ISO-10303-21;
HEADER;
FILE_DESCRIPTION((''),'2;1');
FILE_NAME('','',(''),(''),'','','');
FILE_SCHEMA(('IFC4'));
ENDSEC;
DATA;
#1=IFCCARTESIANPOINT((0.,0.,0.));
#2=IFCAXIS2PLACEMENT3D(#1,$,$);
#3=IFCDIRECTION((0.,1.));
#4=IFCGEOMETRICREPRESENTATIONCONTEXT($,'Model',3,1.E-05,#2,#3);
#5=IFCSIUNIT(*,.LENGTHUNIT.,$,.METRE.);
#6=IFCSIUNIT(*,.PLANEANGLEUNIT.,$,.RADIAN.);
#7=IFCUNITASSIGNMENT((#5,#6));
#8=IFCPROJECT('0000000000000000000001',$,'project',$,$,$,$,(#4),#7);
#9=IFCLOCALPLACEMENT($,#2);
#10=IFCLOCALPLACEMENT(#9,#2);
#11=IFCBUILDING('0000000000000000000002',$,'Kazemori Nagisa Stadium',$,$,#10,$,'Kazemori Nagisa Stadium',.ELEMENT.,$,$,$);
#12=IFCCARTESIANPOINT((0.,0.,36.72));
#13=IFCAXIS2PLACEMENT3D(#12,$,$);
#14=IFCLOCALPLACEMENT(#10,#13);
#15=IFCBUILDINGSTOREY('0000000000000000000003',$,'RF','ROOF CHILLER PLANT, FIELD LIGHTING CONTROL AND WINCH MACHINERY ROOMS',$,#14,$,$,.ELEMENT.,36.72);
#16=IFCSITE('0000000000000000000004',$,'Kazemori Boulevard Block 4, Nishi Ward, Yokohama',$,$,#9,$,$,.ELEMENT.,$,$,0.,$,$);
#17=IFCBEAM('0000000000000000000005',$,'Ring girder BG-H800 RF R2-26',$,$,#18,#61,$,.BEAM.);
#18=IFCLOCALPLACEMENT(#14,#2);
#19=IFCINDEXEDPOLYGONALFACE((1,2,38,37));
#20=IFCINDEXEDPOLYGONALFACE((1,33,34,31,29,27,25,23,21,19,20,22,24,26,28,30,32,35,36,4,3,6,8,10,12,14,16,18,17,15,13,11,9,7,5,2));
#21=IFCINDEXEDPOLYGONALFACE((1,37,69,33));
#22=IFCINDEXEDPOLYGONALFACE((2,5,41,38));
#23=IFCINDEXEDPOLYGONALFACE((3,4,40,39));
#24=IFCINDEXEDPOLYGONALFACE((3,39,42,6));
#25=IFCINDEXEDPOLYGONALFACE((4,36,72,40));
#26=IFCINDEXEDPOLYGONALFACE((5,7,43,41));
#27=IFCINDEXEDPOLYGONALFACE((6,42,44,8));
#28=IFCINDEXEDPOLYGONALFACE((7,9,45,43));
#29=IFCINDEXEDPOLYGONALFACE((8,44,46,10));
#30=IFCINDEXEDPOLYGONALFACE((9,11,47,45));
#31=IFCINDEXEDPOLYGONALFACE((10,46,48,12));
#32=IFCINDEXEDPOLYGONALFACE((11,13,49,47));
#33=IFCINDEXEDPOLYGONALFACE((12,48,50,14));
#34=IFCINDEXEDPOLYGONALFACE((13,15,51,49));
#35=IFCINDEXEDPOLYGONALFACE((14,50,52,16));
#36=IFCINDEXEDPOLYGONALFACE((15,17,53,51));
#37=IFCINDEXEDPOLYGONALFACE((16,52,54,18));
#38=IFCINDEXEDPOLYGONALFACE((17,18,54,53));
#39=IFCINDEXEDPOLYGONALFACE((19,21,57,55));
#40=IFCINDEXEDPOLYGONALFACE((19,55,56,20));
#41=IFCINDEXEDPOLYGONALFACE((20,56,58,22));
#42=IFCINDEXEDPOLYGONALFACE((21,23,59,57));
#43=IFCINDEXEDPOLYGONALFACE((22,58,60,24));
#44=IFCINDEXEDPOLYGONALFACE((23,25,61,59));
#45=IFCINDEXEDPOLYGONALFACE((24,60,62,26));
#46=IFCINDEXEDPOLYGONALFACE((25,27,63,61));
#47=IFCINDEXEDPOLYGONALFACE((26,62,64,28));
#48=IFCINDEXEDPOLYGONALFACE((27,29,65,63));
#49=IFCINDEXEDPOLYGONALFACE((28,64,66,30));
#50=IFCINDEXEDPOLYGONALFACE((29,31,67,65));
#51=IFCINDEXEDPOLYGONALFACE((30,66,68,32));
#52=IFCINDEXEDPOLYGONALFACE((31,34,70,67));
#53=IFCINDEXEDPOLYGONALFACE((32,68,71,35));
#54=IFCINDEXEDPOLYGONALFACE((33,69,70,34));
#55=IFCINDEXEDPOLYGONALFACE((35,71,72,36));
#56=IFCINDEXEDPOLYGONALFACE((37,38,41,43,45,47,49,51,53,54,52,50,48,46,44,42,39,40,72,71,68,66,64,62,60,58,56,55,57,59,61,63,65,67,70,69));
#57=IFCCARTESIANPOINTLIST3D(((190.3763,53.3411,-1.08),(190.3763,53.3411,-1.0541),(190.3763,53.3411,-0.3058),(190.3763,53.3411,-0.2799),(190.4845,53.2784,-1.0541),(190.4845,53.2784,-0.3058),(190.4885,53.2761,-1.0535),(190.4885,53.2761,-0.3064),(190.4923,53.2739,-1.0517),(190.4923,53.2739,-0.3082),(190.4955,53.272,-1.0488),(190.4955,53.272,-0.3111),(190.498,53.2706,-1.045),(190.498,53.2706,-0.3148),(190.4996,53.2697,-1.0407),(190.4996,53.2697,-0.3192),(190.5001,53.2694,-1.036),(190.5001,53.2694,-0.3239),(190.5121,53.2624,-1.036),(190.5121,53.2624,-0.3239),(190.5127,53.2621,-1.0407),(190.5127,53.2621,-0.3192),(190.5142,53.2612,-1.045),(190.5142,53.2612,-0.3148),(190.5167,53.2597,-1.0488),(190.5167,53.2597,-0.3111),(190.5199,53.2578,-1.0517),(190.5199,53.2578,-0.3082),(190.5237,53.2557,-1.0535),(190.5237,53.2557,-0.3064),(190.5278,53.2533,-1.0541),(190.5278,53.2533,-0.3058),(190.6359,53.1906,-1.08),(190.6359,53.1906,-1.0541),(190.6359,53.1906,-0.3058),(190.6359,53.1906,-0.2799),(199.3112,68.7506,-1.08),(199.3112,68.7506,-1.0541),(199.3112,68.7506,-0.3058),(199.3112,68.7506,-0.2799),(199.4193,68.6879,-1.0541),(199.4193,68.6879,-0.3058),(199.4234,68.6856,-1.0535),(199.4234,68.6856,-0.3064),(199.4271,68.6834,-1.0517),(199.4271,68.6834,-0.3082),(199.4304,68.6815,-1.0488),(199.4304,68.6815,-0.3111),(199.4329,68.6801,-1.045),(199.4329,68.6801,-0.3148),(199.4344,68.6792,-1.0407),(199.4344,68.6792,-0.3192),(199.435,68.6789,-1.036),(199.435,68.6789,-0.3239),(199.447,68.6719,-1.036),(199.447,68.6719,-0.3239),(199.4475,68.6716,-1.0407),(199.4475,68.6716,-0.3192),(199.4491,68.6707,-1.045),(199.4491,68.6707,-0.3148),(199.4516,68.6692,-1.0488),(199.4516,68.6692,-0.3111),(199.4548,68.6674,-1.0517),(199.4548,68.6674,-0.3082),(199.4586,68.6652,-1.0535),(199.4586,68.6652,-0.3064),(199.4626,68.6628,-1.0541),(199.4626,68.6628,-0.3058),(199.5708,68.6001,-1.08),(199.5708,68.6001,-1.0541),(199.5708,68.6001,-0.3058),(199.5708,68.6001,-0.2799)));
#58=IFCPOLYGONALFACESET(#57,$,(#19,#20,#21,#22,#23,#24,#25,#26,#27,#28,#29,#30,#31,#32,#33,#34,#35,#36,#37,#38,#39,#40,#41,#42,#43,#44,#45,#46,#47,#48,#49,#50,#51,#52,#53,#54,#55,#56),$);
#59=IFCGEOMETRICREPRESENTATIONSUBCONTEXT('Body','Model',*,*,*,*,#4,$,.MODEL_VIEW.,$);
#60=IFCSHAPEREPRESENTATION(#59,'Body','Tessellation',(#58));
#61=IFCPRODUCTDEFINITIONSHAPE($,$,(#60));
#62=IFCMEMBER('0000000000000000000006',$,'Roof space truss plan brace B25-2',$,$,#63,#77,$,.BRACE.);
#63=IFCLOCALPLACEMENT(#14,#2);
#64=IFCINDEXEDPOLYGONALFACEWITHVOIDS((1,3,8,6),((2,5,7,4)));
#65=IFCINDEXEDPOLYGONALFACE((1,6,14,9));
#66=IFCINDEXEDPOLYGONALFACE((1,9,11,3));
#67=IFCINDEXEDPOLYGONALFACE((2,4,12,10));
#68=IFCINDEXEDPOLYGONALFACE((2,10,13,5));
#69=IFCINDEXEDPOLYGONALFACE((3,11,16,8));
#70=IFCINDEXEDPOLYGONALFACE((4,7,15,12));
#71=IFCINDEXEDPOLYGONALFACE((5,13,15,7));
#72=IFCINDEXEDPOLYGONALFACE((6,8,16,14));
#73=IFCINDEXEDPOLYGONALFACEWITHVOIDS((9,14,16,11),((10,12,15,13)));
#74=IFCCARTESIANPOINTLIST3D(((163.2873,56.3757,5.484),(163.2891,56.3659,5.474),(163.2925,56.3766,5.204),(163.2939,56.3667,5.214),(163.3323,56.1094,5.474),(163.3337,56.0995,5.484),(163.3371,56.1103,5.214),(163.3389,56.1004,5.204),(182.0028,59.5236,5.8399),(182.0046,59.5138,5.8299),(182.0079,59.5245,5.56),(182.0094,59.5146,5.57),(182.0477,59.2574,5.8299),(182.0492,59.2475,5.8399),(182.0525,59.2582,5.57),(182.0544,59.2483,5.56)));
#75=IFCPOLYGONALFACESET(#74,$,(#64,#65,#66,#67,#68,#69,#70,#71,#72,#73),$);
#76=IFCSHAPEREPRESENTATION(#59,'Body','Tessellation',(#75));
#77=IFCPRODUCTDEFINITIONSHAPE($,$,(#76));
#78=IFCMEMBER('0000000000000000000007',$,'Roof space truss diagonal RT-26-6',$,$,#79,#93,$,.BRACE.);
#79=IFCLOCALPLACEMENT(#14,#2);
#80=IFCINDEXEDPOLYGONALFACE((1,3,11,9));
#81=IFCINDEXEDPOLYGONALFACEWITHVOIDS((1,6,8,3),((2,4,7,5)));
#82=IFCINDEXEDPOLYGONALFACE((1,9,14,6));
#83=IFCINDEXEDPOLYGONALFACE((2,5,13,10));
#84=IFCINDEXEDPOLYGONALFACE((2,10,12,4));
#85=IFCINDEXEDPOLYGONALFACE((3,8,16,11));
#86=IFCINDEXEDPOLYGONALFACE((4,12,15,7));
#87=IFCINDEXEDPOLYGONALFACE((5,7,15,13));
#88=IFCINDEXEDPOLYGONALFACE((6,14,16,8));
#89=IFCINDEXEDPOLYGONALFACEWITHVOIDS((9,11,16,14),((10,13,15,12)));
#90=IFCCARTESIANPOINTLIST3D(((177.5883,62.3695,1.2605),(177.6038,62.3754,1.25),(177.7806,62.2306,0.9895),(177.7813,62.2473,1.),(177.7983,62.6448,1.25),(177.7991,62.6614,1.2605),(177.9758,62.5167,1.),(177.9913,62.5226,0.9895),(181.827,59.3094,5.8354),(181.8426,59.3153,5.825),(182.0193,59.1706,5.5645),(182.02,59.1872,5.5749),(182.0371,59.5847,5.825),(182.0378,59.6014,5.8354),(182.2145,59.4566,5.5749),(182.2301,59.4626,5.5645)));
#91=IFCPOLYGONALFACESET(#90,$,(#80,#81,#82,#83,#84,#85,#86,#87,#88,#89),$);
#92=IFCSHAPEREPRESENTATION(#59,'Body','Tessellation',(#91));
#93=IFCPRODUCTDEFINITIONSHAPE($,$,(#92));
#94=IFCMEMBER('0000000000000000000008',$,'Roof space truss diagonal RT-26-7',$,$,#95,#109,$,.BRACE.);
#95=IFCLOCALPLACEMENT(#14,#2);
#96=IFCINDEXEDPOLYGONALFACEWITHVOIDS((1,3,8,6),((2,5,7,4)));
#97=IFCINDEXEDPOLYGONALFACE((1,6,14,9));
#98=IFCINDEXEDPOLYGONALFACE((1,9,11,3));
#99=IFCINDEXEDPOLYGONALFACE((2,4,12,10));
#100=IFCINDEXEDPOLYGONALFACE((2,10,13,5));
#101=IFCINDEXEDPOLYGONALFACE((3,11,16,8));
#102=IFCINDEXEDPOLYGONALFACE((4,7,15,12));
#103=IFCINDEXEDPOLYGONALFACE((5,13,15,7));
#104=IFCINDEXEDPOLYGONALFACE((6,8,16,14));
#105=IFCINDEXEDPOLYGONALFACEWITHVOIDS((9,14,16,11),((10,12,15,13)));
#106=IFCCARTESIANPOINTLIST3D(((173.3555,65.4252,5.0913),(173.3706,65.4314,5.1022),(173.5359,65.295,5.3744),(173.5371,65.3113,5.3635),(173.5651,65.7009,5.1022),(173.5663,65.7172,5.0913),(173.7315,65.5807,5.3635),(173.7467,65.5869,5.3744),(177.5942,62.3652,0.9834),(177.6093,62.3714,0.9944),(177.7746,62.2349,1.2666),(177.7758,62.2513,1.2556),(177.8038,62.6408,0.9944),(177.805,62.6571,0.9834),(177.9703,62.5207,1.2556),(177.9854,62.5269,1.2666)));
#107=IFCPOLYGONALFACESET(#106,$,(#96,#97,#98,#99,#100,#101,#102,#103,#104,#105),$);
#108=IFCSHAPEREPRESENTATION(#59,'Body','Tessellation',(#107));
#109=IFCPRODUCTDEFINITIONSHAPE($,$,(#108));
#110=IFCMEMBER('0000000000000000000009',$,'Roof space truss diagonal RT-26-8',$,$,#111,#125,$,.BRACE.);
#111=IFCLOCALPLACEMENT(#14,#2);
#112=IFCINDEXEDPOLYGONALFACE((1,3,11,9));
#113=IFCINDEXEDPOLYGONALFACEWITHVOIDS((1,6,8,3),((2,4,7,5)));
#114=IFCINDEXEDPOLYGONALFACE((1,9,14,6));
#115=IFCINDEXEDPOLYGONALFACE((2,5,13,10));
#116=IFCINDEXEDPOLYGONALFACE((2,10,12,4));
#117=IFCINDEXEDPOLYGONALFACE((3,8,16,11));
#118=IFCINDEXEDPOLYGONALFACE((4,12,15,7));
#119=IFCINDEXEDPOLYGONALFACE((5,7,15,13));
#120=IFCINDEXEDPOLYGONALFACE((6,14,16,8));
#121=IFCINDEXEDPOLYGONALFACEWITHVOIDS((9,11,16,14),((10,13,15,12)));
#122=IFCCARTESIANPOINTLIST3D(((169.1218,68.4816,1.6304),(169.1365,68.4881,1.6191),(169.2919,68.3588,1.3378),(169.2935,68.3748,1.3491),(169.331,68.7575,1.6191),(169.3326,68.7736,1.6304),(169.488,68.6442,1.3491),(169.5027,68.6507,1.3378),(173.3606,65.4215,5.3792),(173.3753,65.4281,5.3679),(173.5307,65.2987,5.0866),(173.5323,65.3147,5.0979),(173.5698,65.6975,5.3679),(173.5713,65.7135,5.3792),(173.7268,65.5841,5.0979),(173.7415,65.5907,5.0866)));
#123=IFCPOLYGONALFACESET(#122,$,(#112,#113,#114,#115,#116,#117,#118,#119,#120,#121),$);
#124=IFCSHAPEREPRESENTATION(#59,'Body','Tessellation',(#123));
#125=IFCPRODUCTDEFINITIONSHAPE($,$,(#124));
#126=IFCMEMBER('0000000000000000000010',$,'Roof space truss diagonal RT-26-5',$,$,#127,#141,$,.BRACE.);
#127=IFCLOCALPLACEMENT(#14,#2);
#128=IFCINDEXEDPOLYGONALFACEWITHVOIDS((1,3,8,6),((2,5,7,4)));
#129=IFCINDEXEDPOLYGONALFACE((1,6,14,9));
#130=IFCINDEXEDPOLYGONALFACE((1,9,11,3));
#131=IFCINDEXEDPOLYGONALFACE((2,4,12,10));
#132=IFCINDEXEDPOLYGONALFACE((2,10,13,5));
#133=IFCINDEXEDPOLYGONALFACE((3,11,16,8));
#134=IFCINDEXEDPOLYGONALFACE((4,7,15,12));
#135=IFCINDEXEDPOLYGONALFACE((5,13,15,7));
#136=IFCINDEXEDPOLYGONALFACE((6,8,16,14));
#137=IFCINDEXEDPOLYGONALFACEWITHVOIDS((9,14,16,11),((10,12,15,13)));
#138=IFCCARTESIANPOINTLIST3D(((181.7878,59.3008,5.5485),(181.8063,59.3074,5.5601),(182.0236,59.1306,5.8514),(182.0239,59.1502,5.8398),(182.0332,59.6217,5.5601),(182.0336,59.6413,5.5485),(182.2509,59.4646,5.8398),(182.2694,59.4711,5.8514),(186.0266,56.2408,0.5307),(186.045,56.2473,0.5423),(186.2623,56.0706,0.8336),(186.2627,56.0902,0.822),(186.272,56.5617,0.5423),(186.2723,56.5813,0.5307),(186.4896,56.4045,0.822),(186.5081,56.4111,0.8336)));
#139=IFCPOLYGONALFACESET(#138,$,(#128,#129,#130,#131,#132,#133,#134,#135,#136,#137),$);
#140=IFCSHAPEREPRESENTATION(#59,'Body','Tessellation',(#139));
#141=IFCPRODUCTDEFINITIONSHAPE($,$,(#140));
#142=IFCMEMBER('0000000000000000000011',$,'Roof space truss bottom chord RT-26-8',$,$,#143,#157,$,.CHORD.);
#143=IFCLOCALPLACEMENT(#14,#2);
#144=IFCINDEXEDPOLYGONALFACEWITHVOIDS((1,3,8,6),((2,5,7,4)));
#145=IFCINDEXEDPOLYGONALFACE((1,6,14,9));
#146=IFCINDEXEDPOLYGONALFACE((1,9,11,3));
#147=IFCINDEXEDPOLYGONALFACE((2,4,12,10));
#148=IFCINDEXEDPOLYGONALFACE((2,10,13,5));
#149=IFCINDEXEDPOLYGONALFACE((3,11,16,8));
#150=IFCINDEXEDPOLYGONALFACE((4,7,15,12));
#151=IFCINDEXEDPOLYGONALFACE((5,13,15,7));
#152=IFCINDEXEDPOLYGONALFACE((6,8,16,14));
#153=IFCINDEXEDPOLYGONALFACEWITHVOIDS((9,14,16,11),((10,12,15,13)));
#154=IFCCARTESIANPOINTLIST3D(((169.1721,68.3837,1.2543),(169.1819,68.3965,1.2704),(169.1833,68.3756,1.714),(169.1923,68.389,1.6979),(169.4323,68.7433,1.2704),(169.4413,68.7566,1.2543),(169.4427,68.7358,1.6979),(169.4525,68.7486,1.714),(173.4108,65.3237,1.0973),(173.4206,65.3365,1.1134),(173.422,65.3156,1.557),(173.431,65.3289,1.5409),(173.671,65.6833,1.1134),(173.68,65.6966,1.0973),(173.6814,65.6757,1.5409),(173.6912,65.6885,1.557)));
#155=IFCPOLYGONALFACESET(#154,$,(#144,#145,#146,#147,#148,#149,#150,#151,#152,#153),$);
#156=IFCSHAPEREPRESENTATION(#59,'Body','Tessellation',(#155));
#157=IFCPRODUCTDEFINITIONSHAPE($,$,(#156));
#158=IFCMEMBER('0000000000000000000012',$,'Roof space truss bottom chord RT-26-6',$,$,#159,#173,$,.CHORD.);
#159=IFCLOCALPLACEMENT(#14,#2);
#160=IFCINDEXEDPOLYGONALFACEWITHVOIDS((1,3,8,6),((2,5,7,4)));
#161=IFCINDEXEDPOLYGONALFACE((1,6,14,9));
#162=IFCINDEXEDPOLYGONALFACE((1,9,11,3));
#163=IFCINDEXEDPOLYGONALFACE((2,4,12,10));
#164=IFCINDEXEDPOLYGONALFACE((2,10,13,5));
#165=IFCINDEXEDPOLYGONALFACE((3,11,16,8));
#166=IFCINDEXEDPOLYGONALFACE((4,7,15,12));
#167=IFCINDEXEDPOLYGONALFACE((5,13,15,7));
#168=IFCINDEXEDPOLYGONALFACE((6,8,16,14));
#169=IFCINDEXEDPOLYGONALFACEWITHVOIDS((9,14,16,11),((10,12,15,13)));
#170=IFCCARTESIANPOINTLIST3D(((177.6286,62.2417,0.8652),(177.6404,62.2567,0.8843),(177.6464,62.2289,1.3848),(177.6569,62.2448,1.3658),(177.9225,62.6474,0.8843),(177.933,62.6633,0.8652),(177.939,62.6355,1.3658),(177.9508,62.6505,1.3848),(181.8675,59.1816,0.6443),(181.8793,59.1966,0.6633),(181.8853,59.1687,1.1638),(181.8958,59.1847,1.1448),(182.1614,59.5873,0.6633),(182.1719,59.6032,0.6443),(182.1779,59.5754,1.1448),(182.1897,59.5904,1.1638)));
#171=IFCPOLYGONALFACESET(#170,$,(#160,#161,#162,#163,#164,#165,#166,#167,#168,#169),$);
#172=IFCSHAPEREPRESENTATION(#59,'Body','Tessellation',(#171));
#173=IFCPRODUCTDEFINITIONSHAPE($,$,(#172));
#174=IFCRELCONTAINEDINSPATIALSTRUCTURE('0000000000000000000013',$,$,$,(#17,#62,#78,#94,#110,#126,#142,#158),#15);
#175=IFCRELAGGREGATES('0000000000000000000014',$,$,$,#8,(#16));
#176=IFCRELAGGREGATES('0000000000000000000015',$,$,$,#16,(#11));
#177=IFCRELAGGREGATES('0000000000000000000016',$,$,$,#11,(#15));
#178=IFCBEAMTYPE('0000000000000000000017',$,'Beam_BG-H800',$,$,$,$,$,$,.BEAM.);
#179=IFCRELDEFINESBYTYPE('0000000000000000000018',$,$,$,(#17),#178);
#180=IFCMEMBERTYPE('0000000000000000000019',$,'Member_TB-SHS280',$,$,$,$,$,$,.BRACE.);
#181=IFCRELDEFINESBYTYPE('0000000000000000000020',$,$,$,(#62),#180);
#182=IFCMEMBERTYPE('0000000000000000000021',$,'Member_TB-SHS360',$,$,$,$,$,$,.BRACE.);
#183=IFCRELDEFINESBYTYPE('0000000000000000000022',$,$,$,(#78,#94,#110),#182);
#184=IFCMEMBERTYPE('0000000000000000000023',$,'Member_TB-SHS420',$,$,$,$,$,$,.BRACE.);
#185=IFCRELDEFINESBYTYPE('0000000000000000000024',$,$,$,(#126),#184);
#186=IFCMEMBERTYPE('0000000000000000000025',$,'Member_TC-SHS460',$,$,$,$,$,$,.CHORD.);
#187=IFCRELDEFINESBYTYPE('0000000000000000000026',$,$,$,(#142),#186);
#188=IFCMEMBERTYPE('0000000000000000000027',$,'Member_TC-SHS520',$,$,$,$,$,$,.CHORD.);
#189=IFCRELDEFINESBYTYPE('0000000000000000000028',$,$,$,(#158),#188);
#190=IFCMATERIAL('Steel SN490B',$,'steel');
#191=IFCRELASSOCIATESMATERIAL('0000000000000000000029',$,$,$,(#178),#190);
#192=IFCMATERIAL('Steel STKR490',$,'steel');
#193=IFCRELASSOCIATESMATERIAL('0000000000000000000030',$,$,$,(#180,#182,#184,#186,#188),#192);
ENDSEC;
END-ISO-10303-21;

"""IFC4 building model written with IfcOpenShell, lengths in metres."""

from ifc_helpers import new_model, si_unit, direction, frame, origin, origin_2d, place, context, subcontext, project, spatial, hollow_rectangle, i_section, extrude, material, material_profile, profile_set, type_object, element, save


model = new_model("IFC4")

# Units and contexts
model_context = context("Model", 3, precision=1e-05, world=origin(), true_north=direction((0.0, 1.0)))
body_context = subcontext(model_context, "Body", "Model", "MODEL_VIEW")
ifc_project = project(units=[si_unit("LENGTHUNIT", "METRE"), si_unit("PLANEANGLEUNIT", "RADIAN")], contexts=[model_context])

# Site, building, storey
site_placement = place(None, origin())
site = spatial("IfcSite", under=ifc_project, at=site_placement, Name="Kazemori Boulevard Block 4, Nishi Ward, Yokohama", CompositionType="ELEMENT", RefElevation=0.0)
building_placement = place(site_placement, origin())
building = spatial("IfcBuilding", under=site, at=building_placement, Name="Kazemori Nagisa Stadium", LongName="Kazemori Nagisa Stadium", CompositionType="ELEMENT")
storey_placement = place(building_placement, frame((0.0, 0.0, 36.72)))
storey = spatial("IfcBuildingStorey", under=building, at=storey_placement, Name="RF", Description="ROOF CHILLER PLANT, FIELD LIGHTING CONTROL AND WINCH MACHINERY ROOMS", CompositionType="ELEMENT", Elevation=36.72)

# Shared definitions
ifc_material_1 = material(Name="Steel SN490B", Category="steel")

# Beam
ifc_material_profile_1 = material_profile(ifc_material_1, i_section(OverallWidth=0.3, OverallDepth=0.8, WebThickness=0.0139, FlangeThickness=0.0259, FilletRadius=0.0181, at=origin_2d()), Name="H-800x300x14x26")
ifc_profile_set_1 = profile_set([ifc_material_profile_1], Name="Steel SN490B")
beam_type_1 = type_object("IfcBeamType", Name="Beam_BG-H800", PredefinedType="BEAM", material=ifc_profile_set_1)
beam_1_placement = place(storey_placement, frame((190.5061, 53.2659, -0.6799), z_axis=(0.501607, 0.865096, 0.0), x_axis=(-0.865096, 0.501607, 0.0)))
element("IfcBeam", 1, at=beam_1_placement, inside=storey, type_object=beam_type_1, Name="Ring girder BG-H800 RF R2-26", PredefinedType="BEAM", context=body_context, shape_type="SweptSolid", body=[
    extrude(i_section(OverallWidth=0.3, OverallDepth=0.8, WebThickness=0.0139, FlangeThickness=0.0259, FilletRadius=0.0181, at=origin_2d()), origin(), (0.0, 0.0, 1.0), 17.8125),
])

# Members
ifc_material_2 = material(Name="Steel STKR490", Category="steel")
ifc_material_profile_2 = material_profile(ifc_material_2, hollow_rectangle(XDim=0.28, YDim=0.28, WallThickness=0.01, at=origin_2d()), Name="SHS-280x280x10")
ifc_profile_set_2 = profile_set([ifc_material_profile_2], Name="Steel STKR490")
member_type_1 = type_object("IfcMemberType", Name="Member_TB-SHS280", PredefinedType="BRACE", material=ifc_profile_set_2)
member_1_placement = place(storey_placement, frame((182.0286, 59.386, 5.7), z_axis=(-0.985974, -0.16584, -0.018753), x_axis=(0.165869, -0.986148, 0.0)))
element("IfcMember", 2, at=member_1_placement, inside=storey, type_object=member_type_1, Name="Roof space truss plan brace B25-2", PredefinedType="BRACE", context=body_context, shape_type="SweptSolid", body=[
    extrude(hollow_rectangle(XDim=0.28, YDim=0.28, WallThickness=0.01, at=origin_2d()), origin(), (0.0, 0.0, 1.0), 18.9817),
])
ifc_material_profile_3 = material_profile(ifc_material_2, hollow_rectangle(XDim=0.3601, YDim=0.3601, WallThickness=0.0139, at=origin_2d()), Name="SHS-360x360x14")
ifc_profile_set_3 = profile_set([ifc_material_profile_3], Name="Steel STKR490")
member_type_2 = type_object("IfcMemberType", Name="Member_TB-SHS360", PredefinedType="BRACE", material=ifc_profile_set_3)
member_2_placement = place(storey_placement, frame((182.0286, 59.386, 5.7), z_axis=(-0.610155, 0.440484, -0.658547), x_axis=(-0.58533, -0.810795, 0.0)))
element("IfcMember", 3, at=member_2_placement, inside=storey, type_object=member_type_2, Name="Roof space truss diagonal RT-26-6", PredefinedType="BRACE", context=body_context, shape_type="SweptSolid", body=[
    extrude(hollow_rectangle(XDim=0.3601, YDim=0.3601, WallThickness=0.0139, at=origin_2d()), origin(), (0.0, 0.0, 1.0), 6.947),
])
member_3_placement = place(storey_placement, frame((177.7898, 62.446, 1.125), z_axis=(-0.637528, 0.460245, 0.617846), x_axis=(-0.58533, -0.810795, 0.0)))
element("IfcMember", 4, at=member_3_placement, inside=storey, type_object=member_type_2, Name="Roof space truss diagonal RT-26-7", PredefinedType="BRACE", context=body_context, shape_type="SweptSolid", body=[
    extrude(hollow_rectangle(XDim=0.3601, YDim=0.3601, WallThickness=0.0139, at=origin_2d()), origin(), (0.0, 0.0, 1.0), 6.6487),
])
member_4_placement = place(storey_placement, frame((173.551, 65.5061, 5.2329), z_axis=(-0.658902, 0.475676, -0.582735), x_axis=(-0.58533, -0.810795, 0.0)))
element("IfcMember", 5, at=member_4_placement, inside=storey, type_object=member_type_2, Name="Roof space truss diagonal RT-26-8", PredefinedType="BRACE", context=body_context, shape_type="SweptSolid", body=[
    extrude(hollow_rectangle(XDim=0.3601, YDim=0.3601, WallThickness=0.0139, at=origin_2d()), origin(), (0.0, 0.0, 1.0), 6.4331),
])
ifc_material_profile_4 = material_profile(ifc_material_2, hollow_rectangle(XDim=0.4199, YDim=0.4199, WallThickness=0.0161, at=origin_2d()), Name="SHS-420x420x16")
ifc_profile_set_4 = profile_set([ifc_material_profile_4], Name="Steel STKR490")
member_type_3 = type_object("IfcMemberType", Name="Member_TB-SHS420", PredefinedType="BRACE", material=ifc_profile_set_4)
member_5_placement = place(storey_placement, frame((186.2673, 56.3259, 0.6821), z_axis=(-0.584952, 0.422289, 0.692462), x_axis=(-0.58533, -0.810795, 0.0)))
element("IfcMember", 6, at=member_5_placement, inside=storey, type_object=member_type_3, Name="Roof space truss diagonal RT-26-5", PredefinedType="BRACE", context=body_context, shape_type="SweptSolid", body=[
    extrude(hollow_rectangle(XDim=0.4199, YDim=0.4199, WallThickness=0.0161, at=origin_2d()), origin(), (0.0, 0.0, 1.0), 7.2463),
])
ifc_material_profile_5 = material_profile(ifc_material_2, hollow_rectangle(XDim=0.46, YDim=0.46, WallThickness=0.0161, at=origin_2d()), Name="SHS-460x460x16")
ifc_profile_set_5 = profile_set([ifc_material_profile_5], Name="Steel STKR490")
member_type_4 = type_object("IfcMemberType", Name="Member_TC-SHS460", PredefinedType="CHORD", material=ifc_profile_set_5)
member_6_placement = place(storey_placement, frame((173.551, 65.5061, 1.3271), z_axis=(-0.81043, 0.585067, 0.030014), x_axis=(-0.58533, -0.810795, 0.0)))
element("IfcMember", 7, at=member_6_placement, inside=storey, type_object=member_type_4, Name="Roof space truss bottom chord RT-26-8", PredefinedType="CHORD", context=body_context, shape_type="SweptSolid", body=[
    extrude(hollow_rectangle(XDim=0.46, YDim=0.46, WallThickness=0.0161, at=origin_2d()), origin(), (0.0, 0.0, 1.0), 5.2302),
])
ifc_material_profile_6 = material_profile(ifc_material_2, hollow_rectangle(XDim=0.52, YDim=0.52, WallThickness=0.019, at=origin_2d()), Name="SHS-520x520x19")
ifc_profile_set_6 = profile_set([ifc_material_profile_6], Name="Steel STKR490")
member_type_5 = type_object("IfcMemberType", Name="Member_TC-SHS520", PredefinedType="CHORD", material=ifc_profile_set_6)
member_7_placement = place(storey_placement, frame((182.0286, 59.386, 0.9041), z_axis=(-0.810072, 0.584808, 0.042225), x_axis=(-0.58533, -0.810795, 0.0)))
element("IfcMember", 8, at=member_7_placement, inside=storey, type_object=member_type_5, Name="Roof space truss bottom chord RT-26-6", PredefinedType="CHORD", context=body_context, shape_type="SweptSolid", body=[
    extrude(hollow_rectangle(XDim=0.52, YDim=0.52, WallThickness=0.019, at=origin_2d()), origin(), (0.0, 0.0, 1.0), 5.2327),
])

save(model, "model.ifc")
